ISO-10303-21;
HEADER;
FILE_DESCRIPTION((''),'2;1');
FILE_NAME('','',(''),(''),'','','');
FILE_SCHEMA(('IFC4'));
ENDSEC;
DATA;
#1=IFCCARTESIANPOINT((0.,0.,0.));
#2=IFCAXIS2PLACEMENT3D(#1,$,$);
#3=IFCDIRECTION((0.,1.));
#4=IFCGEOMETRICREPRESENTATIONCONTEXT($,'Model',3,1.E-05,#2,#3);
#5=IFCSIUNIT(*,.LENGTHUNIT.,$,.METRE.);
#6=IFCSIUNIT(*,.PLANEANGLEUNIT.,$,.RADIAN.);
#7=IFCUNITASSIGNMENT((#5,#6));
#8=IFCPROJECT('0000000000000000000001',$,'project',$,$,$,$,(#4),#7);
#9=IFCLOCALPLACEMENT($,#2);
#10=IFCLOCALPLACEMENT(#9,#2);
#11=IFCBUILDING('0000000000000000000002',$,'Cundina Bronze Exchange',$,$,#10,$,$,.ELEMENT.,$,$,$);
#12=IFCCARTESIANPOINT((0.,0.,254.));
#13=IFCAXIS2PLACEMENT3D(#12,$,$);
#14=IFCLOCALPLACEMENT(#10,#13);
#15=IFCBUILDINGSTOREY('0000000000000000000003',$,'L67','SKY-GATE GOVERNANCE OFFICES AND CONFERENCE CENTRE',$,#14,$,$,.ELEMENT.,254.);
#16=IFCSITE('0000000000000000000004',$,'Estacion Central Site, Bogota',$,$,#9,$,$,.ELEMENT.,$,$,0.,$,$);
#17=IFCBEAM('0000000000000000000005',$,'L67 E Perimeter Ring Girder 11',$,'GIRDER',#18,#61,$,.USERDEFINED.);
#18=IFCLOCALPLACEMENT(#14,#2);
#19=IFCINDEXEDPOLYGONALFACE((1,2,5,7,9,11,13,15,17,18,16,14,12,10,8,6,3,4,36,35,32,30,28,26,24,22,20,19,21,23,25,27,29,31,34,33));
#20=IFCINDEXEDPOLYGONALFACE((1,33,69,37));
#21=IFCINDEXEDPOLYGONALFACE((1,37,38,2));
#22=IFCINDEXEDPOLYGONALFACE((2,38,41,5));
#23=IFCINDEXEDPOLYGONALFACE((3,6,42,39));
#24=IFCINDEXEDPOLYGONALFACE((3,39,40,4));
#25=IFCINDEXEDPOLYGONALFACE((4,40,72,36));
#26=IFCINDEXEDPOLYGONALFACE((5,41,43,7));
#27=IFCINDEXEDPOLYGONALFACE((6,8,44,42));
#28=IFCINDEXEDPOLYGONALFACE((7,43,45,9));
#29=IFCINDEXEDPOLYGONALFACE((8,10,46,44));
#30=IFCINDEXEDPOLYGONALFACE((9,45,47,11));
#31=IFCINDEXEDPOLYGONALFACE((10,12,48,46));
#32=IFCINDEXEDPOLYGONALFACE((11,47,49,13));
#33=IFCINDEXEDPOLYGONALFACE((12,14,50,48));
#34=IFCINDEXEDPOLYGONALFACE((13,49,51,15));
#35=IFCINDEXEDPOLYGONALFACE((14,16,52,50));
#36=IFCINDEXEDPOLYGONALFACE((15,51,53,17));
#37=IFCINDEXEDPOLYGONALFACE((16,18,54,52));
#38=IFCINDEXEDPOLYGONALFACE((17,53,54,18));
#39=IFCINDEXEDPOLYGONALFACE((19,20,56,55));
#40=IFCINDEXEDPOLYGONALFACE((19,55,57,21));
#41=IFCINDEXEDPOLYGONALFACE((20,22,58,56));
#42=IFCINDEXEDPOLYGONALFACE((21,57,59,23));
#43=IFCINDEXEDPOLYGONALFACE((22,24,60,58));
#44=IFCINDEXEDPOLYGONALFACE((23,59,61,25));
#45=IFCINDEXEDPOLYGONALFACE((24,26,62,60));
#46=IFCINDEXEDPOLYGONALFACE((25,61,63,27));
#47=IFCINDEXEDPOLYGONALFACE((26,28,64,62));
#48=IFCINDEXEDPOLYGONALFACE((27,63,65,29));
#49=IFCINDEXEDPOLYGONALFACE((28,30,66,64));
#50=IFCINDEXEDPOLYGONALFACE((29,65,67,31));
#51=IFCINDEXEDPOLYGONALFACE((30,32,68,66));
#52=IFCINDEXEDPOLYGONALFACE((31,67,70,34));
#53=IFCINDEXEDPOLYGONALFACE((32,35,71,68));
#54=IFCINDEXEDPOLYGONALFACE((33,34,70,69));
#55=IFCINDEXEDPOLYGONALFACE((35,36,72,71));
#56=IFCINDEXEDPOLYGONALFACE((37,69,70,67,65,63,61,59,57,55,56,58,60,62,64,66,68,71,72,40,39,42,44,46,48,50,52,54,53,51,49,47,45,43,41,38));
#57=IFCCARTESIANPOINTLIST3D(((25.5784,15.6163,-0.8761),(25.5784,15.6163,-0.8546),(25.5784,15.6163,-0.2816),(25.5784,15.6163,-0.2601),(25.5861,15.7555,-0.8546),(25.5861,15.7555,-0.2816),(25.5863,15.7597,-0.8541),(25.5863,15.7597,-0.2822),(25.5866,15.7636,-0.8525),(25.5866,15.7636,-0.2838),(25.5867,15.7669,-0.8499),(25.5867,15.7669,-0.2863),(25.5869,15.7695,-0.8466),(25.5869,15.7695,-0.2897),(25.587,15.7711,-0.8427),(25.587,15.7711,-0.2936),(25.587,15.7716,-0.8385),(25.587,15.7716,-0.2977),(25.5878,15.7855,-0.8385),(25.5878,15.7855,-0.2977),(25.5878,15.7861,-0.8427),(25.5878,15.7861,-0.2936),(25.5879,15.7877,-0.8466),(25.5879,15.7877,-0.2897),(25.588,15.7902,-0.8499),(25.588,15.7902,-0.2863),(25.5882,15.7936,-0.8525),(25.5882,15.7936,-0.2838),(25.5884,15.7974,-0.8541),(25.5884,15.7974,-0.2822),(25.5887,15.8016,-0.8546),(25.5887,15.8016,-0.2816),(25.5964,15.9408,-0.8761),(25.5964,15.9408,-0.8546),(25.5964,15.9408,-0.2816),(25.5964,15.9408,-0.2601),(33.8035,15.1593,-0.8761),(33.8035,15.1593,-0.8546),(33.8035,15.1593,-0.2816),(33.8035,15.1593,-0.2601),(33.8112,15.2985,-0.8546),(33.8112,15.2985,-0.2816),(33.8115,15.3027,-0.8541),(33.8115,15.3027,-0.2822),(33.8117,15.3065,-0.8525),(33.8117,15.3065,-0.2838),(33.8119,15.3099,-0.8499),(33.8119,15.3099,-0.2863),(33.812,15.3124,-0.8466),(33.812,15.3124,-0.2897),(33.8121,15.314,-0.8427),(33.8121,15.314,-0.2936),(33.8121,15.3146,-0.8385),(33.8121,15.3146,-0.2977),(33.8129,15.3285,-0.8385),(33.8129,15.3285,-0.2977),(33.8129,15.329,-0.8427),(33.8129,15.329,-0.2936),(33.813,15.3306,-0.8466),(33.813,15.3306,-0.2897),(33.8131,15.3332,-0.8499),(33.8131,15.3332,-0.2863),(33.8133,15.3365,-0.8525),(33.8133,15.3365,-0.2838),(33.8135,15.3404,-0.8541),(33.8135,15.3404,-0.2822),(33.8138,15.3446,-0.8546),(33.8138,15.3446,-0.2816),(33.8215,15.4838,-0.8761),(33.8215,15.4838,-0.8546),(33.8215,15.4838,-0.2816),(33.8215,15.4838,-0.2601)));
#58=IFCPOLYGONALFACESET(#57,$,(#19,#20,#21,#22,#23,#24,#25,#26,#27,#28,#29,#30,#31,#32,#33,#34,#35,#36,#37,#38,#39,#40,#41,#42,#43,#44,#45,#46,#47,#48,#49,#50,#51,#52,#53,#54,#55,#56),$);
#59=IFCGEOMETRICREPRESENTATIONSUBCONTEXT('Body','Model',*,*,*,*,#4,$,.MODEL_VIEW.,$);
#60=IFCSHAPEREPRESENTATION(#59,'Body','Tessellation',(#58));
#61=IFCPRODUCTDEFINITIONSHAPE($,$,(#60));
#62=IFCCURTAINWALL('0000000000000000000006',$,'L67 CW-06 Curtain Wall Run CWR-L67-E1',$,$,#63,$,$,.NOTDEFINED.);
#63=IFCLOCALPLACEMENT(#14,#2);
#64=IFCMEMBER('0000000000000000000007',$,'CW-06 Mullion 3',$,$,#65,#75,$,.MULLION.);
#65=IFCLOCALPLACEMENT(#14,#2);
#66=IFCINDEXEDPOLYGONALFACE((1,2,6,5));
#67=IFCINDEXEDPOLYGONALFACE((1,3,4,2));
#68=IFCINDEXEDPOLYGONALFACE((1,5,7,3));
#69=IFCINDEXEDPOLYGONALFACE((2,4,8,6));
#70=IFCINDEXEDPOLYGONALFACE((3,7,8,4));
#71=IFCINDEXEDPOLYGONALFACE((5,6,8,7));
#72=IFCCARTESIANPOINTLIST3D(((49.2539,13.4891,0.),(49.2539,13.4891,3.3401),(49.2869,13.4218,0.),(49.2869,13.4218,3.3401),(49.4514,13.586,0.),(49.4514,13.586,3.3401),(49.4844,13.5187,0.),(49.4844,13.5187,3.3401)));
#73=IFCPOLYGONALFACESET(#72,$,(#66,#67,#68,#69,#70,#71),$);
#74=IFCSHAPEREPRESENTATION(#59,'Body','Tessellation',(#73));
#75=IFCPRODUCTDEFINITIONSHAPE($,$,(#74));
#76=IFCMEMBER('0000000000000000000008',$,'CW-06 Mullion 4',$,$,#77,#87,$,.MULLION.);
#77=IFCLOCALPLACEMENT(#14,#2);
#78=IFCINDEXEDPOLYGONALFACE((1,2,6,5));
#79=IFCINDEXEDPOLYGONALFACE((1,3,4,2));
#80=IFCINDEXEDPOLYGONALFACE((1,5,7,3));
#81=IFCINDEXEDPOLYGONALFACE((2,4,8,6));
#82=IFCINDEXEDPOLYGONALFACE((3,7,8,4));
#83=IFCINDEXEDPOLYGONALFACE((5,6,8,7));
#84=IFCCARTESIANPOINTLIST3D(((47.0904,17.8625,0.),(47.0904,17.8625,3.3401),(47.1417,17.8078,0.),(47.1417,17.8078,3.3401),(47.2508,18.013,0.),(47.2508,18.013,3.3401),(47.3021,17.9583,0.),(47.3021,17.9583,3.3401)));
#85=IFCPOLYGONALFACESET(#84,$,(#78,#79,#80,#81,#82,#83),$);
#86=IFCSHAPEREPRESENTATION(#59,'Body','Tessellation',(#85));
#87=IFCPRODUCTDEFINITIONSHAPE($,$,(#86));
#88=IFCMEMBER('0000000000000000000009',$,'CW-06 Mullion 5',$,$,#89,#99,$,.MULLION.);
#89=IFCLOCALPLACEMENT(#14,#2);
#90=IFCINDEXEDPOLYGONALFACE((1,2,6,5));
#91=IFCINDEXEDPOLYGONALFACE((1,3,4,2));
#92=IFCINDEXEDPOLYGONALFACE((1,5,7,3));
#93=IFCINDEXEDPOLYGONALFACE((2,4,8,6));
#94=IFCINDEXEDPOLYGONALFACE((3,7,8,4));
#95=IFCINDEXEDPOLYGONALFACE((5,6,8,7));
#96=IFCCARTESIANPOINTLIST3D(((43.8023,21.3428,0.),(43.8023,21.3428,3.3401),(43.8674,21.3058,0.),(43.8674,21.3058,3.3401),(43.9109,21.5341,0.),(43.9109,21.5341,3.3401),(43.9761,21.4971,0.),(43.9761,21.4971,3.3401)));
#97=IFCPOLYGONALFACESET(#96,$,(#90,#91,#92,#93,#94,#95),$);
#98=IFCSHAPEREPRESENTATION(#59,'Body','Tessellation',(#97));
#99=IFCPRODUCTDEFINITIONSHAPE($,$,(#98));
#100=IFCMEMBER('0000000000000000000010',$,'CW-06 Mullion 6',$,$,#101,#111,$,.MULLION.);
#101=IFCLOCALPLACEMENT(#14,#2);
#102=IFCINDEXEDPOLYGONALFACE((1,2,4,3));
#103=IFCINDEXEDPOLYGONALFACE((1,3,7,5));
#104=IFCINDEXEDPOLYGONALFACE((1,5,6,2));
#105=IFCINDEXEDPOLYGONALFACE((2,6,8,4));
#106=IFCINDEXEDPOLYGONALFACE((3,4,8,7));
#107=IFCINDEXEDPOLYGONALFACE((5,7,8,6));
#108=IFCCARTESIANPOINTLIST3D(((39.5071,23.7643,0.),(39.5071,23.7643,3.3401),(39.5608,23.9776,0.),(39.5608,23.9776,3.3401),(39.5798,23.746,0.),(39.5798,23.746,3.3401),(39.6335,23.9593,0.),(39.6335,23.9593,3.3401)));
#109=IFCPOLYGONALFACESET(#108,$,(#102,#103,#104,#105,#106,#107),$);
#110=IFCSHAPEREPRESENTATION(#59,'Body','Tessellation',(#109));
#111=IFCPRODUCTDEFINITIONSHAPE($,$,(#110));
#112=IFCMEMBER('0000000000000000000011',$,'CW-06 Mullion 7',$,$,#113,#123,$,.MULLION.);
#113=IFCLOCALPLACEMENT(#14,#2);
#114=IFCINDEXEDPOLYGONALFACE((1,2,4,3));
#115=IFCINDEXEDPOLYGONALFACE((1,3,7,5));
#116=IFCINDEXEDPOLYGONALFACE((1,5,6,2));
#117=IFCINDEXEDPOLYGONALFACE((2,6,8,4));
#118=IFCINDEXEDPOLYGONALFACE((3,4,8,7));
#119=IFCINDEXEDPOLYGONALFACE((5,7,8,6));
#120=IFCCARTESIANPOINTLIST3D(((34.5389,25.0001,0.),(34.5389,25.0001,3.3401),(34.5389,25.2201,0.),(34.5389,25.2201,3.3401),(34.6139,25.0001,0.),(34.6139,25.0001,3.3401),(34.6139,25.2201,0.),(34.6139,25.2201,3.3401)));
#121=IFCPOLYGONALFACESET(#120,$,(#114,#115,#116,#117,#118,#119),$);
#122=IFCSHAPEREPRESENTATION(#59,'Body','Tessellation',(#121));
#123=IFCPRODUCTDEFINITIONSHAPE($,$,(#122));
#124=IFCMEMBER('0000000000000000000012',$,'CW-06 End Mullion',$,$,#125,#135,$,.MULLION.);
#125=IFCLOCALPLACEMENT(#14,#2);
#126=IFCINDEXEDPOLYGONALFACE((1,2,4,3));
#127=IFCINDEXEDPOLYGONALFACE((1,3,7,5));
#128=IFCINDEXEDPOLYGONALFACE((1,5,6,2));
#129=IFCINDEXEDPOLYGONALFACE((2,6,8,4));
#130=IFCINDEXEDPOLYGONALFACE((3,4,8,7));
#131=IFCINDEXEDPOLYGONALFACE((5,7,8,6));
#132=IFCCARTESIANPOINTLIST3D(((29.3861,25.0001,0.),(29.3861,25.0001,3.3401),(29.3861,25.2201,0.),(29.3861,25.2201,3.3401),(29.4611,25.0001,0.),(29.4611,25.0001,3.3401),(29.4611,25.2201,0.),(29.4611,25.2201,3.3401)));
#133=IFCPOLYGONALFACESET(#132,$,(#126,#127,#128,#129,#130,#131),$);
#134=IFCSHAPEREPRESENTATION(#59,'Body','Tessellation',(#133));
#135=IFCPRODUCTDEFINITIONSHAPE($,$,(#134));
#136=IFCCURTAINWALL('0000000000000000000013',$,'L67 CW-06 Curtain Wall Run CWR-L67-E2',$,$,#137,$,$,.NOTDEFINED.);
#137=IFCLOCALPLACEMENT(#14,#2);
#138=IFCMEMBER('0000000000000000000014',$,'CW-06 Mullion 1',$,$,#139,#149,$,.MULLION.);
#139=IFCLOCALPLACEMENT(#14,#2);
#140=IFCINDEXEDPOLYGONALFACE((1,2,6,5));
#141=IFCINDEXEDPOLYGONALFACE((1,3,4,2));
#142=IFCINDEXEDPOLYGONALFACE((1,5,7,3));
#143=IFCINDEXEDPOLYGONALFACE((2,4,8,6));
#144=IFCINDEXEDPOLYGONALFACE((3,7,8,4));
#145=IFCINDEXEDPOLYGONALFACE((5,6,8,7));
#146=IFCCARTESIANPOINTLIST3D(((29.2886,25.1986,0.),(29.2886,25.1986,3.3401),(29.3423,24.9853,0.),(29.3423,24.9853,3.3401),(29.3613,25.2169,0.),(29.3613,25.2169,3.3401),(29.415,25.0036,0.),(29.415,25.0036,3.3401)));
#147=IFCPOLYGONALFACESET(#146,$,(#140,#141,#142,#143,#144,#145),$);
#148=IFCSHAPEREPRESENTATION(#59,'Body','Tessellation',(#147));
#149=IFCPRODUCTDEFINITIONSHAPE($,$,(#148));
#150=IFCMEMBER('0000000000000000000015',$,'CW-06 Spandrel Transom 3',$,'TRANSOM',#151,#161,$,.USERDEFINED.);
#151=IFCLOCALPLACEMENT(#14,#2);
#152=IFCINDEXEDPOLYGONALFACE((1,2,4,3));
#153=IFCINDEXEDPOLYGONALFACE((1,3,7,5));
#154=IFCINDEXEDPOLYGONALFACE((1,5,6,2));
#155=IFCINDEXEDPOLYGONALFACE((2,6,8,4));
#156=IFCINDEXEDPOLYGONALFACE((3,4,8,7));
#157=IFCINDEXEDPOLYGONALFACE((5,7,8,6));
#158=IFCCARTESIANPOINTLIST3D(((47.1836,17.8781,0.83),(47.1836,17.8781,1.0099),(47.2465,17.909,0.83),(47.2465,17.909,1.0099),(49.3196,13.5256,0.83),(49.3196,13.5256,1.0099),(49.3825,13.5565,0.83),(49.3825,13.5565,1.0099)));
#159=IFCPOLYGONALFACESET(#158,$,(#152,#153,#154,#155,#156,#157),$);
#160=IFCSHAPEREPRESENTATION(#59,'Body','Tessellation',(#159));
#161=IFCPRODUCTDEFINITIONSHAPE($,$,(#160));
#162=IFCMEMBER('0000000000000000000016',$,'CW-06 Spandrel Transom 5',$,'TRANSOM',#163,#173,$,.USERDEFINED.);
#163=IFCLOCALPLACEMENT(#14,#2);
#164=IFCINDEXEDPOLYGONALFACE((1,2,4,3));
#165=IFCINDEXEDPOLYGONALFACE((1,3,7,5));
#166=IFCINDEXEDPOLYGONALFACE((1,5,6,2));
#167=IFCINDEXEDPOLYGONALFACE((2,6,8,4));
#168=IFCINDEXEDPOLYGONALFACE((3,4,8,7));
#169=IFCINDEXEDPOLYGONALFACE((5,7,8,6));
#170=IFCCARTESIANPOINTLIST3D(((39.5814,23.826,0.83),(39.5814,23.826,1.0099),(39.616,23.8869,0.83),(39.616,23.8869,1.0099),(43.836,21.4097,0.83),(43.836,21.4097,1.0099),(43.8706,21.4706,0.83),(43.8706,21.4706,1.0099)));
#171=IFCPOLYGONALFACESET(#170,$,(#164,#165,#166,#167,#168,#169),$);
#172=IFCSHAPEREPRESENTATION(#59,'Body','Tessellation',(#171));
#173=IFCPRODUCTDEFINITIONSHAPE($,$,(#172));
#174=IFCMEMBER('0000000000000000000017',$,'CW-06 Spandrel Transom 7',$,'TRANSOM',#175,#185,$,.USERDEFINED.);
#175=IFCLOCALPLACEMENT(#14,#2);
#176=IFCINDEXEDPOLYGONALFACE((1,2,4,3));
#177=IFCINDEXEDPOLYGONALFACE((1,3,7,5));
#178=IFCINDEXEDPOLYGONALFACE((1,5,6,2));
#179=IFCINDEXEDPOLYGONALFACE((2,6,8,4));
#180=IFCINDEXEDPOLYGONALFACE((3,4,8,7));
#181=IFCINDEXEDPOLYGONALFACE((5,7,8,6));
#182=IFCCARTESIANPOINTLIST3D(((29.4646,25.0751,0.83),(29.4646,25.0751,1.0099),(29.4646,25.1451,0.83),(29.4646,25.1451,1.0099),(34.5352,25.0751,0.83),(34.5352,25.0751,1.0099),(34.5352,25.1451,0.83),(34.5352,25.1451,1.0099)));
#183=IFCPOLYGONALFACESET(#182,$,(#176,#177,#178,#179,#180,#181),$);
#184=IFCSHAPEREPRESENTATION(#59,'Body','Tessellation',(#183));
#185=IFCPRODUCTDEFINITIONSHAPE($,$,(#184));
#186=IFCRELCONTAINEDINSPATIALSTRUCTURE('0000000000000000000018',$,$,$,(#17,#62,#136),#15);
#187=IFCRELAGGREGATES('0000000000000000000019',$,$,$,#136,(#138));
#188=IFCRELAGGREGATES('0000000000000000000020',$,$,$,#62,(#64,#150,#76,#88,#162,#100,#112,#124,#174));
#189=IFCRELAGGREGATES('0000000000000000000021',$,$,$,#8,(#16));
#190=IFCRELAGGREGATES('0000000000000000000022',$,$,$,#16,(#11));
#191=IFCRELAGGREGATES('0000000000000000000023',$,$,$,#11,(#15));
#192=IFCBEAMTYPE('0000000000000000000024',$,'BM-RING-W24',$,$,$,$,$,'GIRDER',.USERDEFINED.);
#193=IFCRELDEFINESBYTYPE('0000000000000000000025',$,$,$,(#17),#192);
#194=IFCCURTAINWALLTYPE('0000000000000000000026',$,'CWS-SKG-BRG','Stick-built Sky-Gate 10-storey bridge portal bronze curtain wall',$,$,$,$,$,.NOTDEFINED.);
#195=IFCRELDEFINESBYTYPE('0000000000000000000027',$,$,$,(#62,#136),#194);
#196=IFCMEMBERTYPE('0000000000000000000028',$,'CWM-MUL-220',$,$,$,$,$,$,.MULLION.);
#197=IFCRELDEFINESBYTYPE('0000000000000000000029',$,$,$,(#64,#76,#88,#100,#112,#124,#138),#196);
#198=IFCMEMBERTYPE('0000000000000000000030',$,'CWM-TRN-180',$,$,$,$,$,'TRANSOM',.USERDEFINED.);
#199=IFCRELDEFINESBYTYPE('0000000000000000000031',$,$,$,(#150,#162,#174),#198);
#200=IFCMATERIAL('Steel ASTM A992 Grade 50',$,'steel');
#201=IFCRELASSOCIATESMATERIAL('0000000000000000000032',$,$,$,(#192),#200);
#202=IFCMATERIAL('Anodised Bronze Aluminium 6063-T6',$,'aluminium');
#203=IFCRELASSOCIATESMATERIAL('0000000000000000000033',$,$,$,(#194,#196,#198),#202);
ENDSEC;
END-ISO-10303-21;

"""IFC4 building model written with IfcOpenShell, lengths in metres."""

from ifc_helpers import new_model, si_unit, direction, frame, origin, origin_2d, place, context, subcontext, project, spatial, rectangle, i_section, extrude, material, material_profile, profile_set, type_object, element, aggregate, save


model = new_model("IFC4")

# Units and contexts
model_context = context("Model", 3, precision=1e-05, world=origin(), true_north=direction((0.0, 1.0)))
body_context = subcontext(model_context, "Body", "Model", "MODEL_VIEW")
ifc_project = project(units=[si_unit("LENGTHUNIT", "METRE"), si_unit("PLANEANGLEUNIT", "RADIAN")], contexts=[model_context])

# Site, building, storey
site_placement = place(None, origin())
site = spatial("IfcSite", under=ifc_project, at=site_placement, Name="Estacion Central Site, Bogota", CompositionType="ELEMENT", RefElevation=0.0)
building_placement = place(site_placement, origin())
building = spatial("IfcBuilding", under=site, at=building_placement, Name="Cundina Bronze Exchange", CompositionType="ELEMENT")
storey_placement = place(building_placement, frame((0.0, 0.0, 254.0)))
storey = spatial("IfcBuildingStorey", under=building, at=storey_placement, Name="L67", Description="SKY-GATE GOVERNANCE OFFICES AND CONFERENCE CENTRE", CompositionType="ELEMENT", Elevation=254.0)

# Beam
ifc_material_1 = material(Name="Steel ASTM A992 Grade 50", Category="steel")
ifc_material_profile_1 = material_profile(ifc_material_1, i_section(OverallWidth=0.325, OverallDepth=0.616, WebThickness=0.0139, FlangeThickness=0.0215, FilletRadius=0.0161, at=origin_2d()), Name="W24X117", Category="steel")
ifc_profile_set_1 = profile_set([ifc_material_profile_1], Name="Steel ASTM A992 Grade 50")
beam_type_1 = type_object("IfcBeamType", Name="BM-RING-W24", ElementType="GIRDER", PredefinedType="USERDEFINED", material=ifc_profile_set_1)
for number, where, z_axis, x_axis, name in (
    (1, (33.8125, 15.3215, -0.5681), (-0.99846, 0.05548, 0.0), (-0.05548, -0.99846, 0.0), "L67 E Perimeter Ring Girder 11"),
):
    element("IfcBeam", number, at=place(storey_placement, frame(where, z_axis=z_axis, x_axis=x_axis)), inside=storey, type_object=beam_type_1, Name=name, ObjectType="GIRDER", PredefinedType="USERDEFINED", context=body_context, shape_type="SweptSolid", body=[
        extrude(i_section(OverallWidth=0.325, OverallDepth=0.616, WebThickness=0.0139, FlangeThickness=0.0215, FilletRadius=0.0161, at=origin_2d()), origin(), (0.0, 0.0, 1.0), 8.2378),
    ])

# Curtain wall, members
ifc_material_2 = material(Name="Anodised Bronze Aluminium 6063-T6", Category="aluminium")
curtain_wall_type = type_object("IfcCurtainWallType", Name="CWS-SKG-BRG", Description="Stick-built Sky-Gate 10-storey bridge portal bronze curtain wall", PredefinedType="NOTDEFINED", material=ifc_material_2)
curtain_wall_1_placement = place(storey_placement, origin())
curtain_wall_1 = element("IfcCurtainWall", 2, at=curtain_wall_1_placement, inside=storey, type_object=curtain_wall_type, Name="L67 CW-06 Curtain Wall Run CWR-L67-E1", PredefinedType="NOTDEFINED")
ifc_material_profile_2 = material_profile(ifc_material_2, rectangle(XDim=0.075, YDim=0.22, at=origin_2d()), Name="AL75X220", Category="aluminium")
ifc_profile_set_2 = profile_set([ifc_material_profile_2], Name="Anodised Bronze Aluminium 6063-T6")
member_type_1 = type_object("IfcMemberType", Name="CWM-MUL-220", PredefinedType="MULLION", material=ifc_profile_set_2)
member_1_placement = place(storey_placement, frame((49.3691, 13.5039, 0.0), z_axis=(0.0, 0.0, 1.0), x_axis=(-0.440566, 0.89772, 0.0)))
member_1 = element("IfcMember", 3, at=member_1_placement, type_object=member_type_1, Name="CW-06 Mullion 3", PredefinedType="MULLION", context=body_context, shape_type="SweptSolid", body=[
    extrude(rectangle(XDim=0.075, YDim=0.22, at=origin_2d()), origin(), (0.0, 0.0, 1.0), 3.3401),
])
member_2_placement = place(storey_placement, frame((47.1963, 17.9104, 0.0), z_axis=(0.0, 0.0, 1.0), x_axis=(-0.684293, 0.729208, 0.0)))
member_2 = element("IfcMember", 4, at=member_2_placement, type_object=member_type_1, Name="CW-06 Mullion 4", PredefinedType="MULLION", context=body_context, shape_type="SweptSolid", body=[
    extrude(rectangle(XDim=0.075, YDim=0.22, at=origin_2d()), origin(), (0.0, 0.0, 1.0), 3.3401),
])
member_3_placement = place(storey_placement, frame((43.8892, 21.4199, 0.0), z_axis=(0.0, 0.0, 1.0), x_axis=(-0.869581, 0.49379, 0.0)))
member_3 = element("IfcMember", 5, at=member_3_placement, type_object=member_type_1, Name="CW-06 Mullion 5", PredefinedType="MULLION", context=body_context, shape_type="SweptSolid", body=[
    extrude(rectangle(XDim=0.075, YDim=0.22, at=origin_2d()), origin(), (0.0, 0.0, 1.0), 3.3401),
])
member_4_placement = place(storey_placement, frame((39.5703, 23.8618, 0.0), z_axis=(0.0, 0.0, 1.0), x_axis=(-0.969744, 0.244123, 0.0)))
member_4 = element("IfcMember", 6, at=member_4_placement, type_object=member_type_1, Name="CW-06 Mullion 6", PredefinedType="MULLION", context=body_context, shape_type="SweptSolid", body=[
    extrude(rectangle(XDim=0.075, YDim=0.22, at=origin_2d()), origin(), (0.0, 0.0, 1.0), 3.3401),
])
member_5_placement = place(storey_placement, frame((34.5764, 25.1101, 0.0), z_axis=(0.0, 0.0, 1.0), x_axis=(-1.0, 0.0, 0.0)))
member_5 = element("IfcMember", 7, at=member_5_placement, type_object=member_type_1, Name="CW-06 Mullion 7", PredefinedType="MULLION", context=body_context, shape_type="SweptSolid", body=[
    extrude(rectangle(XDim=0.075, YDim=0.22, at=origin_2d()), origin(), (0.0, 0.0, 1.0), 3.3401),
])
member_6_placement = place(storey_placement, frame((29.4236, 25.1101, 0.0), z_axis=(0.0, 0.0, 1.0), x_axis=(-1.0, 0.0, 0.0)))
member_6 = element("IfcMember", 8, at=member_6_placement, type_object=member_type_1, Name="CW-06 End Mullion", PredefinedType="MULLION", context=body_context, shape_type="SweptSolid", body=[
    extrude(rectangle(XDim=0.075, YDim=0.22, at=origin_2d()), origin(), (0.0, 0.0, 1.0), 3.3401),
])

# Curtain wall, member
curtain_wall_2_placement = place(storey_placement, origin())
curtain_wall_2 = element("IfcCurtainWall", 9, at=curtain_wall_2_placement, inside=storey, type_object=curtain_wall_type, Name="L67 CW-06 Curtain Wall Run CWR-L67-E2", PredefinedType="NOTDEFINED")
member_7_placement = place(storey_placement, frame((29.3518, 25.1011, 0.0), z_axis=(0.0, 0.0, 1.0), x_axis=(-0.969744, -0.244123, 0.0)))
member_7 = element("IfcMember", 10, at=member_7_placement, type_object=member_type_1, Name="CW-06 Mullion 1", PredefinedType="MULLION", context=body_context, shape_type="SweptSolid", body=[
    extrude(rectangle(XDim=0.075, YDim=0.22, at=origin_2d()), origin(), (0.0, 0.0, 1.0), 3.3401),
])

# Members
ifc_material_profile_3 = material_profile(ifc_material_2, rectangle(XDim=0.0701, YDim=0.1799, at=origin_2d()), Name="AL70X180", Category="aluminium")
ifc_profile_set_3 = profile_set([ifc_material_profile_3], Name="Anodised Bronze Aluminium 6063-T6")
member_type_2 = type_object("IfcMemberType", Name="CWM-TRN-180", ElementType="TRANSOM", PredefinedType="USERDEFINED", material=ifc_profile_set_3)
member_8_placement = place(storey_placement, frame((49.3511, 13.541, 0.9199), z_axis=(-0.440554, 0.897726, 0.0), x_axis=(-0.897726, -0.440554, 0.0)))
member_8 = element("IfcMember", 11, at=member_8_placement, type_object=member_type_2, Name="CW-06 Spandrel Transom 3", ObjectType="TRANSOM", PredefinedType="USERDEFINED", context=body_context, shape_type="SweptSolid", body=[
    extrude(rectangle(XDim=0.0701, YDim=0.1799, at=origin_2d()), origin(), (0.0, 0.0, 1.0), 4.8484),
])
member_9_placement = place(storey_placement, frame((43.8533, 21.4402, 0.9199), z_axis=(-0.869557, 0.493832, 0.0), x_axis=(-0.493832, -0.869557, 0.0)))
member_9 = element("IfcMember", 12, at=member_9_placement, type_object=member_type_2, Name="CW-06 Spandrel Transom 5", ObjectType="TRANSOM", PredefinedType="USERDEFINED", context=body_context, shape_type="SweptSolid", body=[
    extrude(rectangle(XDim=0.0701, YDim=0.1799, at=origin_2d()), origin(), (0.0, 0.0, 1.0), 4.8928),
])
member_10_placement = place(storey_placement, frame((34.5352, 25.1101, 0.9199), z_axis=(-1.0, 0.0, 0.0), x_axis=(0.0, -1.0, 0.0)))
member_10 = element("IfcMember", 13, at=member_10_placement, type_object=member_type_2, Name="CW-06 Spandrel Transom 7", ObjectType="TRANSOM", PredefinedType="USERDEFINED", context=body_context, shape_type="SweptSolid", body=[
    extrude(rectangle(XDim=0.0701, YDim=0.1799, at=origin_2d()), origin(), (0.0, 0.0, 1.0), 5.0706),
])
aggregate(curtain_wall_2, [member_7])

aggregate(curtain_wall_1, [member_1, member_8, member_2, member_3, member_9, member_4, member_5, member_6, member_10])

save(model, "model.ifc")
